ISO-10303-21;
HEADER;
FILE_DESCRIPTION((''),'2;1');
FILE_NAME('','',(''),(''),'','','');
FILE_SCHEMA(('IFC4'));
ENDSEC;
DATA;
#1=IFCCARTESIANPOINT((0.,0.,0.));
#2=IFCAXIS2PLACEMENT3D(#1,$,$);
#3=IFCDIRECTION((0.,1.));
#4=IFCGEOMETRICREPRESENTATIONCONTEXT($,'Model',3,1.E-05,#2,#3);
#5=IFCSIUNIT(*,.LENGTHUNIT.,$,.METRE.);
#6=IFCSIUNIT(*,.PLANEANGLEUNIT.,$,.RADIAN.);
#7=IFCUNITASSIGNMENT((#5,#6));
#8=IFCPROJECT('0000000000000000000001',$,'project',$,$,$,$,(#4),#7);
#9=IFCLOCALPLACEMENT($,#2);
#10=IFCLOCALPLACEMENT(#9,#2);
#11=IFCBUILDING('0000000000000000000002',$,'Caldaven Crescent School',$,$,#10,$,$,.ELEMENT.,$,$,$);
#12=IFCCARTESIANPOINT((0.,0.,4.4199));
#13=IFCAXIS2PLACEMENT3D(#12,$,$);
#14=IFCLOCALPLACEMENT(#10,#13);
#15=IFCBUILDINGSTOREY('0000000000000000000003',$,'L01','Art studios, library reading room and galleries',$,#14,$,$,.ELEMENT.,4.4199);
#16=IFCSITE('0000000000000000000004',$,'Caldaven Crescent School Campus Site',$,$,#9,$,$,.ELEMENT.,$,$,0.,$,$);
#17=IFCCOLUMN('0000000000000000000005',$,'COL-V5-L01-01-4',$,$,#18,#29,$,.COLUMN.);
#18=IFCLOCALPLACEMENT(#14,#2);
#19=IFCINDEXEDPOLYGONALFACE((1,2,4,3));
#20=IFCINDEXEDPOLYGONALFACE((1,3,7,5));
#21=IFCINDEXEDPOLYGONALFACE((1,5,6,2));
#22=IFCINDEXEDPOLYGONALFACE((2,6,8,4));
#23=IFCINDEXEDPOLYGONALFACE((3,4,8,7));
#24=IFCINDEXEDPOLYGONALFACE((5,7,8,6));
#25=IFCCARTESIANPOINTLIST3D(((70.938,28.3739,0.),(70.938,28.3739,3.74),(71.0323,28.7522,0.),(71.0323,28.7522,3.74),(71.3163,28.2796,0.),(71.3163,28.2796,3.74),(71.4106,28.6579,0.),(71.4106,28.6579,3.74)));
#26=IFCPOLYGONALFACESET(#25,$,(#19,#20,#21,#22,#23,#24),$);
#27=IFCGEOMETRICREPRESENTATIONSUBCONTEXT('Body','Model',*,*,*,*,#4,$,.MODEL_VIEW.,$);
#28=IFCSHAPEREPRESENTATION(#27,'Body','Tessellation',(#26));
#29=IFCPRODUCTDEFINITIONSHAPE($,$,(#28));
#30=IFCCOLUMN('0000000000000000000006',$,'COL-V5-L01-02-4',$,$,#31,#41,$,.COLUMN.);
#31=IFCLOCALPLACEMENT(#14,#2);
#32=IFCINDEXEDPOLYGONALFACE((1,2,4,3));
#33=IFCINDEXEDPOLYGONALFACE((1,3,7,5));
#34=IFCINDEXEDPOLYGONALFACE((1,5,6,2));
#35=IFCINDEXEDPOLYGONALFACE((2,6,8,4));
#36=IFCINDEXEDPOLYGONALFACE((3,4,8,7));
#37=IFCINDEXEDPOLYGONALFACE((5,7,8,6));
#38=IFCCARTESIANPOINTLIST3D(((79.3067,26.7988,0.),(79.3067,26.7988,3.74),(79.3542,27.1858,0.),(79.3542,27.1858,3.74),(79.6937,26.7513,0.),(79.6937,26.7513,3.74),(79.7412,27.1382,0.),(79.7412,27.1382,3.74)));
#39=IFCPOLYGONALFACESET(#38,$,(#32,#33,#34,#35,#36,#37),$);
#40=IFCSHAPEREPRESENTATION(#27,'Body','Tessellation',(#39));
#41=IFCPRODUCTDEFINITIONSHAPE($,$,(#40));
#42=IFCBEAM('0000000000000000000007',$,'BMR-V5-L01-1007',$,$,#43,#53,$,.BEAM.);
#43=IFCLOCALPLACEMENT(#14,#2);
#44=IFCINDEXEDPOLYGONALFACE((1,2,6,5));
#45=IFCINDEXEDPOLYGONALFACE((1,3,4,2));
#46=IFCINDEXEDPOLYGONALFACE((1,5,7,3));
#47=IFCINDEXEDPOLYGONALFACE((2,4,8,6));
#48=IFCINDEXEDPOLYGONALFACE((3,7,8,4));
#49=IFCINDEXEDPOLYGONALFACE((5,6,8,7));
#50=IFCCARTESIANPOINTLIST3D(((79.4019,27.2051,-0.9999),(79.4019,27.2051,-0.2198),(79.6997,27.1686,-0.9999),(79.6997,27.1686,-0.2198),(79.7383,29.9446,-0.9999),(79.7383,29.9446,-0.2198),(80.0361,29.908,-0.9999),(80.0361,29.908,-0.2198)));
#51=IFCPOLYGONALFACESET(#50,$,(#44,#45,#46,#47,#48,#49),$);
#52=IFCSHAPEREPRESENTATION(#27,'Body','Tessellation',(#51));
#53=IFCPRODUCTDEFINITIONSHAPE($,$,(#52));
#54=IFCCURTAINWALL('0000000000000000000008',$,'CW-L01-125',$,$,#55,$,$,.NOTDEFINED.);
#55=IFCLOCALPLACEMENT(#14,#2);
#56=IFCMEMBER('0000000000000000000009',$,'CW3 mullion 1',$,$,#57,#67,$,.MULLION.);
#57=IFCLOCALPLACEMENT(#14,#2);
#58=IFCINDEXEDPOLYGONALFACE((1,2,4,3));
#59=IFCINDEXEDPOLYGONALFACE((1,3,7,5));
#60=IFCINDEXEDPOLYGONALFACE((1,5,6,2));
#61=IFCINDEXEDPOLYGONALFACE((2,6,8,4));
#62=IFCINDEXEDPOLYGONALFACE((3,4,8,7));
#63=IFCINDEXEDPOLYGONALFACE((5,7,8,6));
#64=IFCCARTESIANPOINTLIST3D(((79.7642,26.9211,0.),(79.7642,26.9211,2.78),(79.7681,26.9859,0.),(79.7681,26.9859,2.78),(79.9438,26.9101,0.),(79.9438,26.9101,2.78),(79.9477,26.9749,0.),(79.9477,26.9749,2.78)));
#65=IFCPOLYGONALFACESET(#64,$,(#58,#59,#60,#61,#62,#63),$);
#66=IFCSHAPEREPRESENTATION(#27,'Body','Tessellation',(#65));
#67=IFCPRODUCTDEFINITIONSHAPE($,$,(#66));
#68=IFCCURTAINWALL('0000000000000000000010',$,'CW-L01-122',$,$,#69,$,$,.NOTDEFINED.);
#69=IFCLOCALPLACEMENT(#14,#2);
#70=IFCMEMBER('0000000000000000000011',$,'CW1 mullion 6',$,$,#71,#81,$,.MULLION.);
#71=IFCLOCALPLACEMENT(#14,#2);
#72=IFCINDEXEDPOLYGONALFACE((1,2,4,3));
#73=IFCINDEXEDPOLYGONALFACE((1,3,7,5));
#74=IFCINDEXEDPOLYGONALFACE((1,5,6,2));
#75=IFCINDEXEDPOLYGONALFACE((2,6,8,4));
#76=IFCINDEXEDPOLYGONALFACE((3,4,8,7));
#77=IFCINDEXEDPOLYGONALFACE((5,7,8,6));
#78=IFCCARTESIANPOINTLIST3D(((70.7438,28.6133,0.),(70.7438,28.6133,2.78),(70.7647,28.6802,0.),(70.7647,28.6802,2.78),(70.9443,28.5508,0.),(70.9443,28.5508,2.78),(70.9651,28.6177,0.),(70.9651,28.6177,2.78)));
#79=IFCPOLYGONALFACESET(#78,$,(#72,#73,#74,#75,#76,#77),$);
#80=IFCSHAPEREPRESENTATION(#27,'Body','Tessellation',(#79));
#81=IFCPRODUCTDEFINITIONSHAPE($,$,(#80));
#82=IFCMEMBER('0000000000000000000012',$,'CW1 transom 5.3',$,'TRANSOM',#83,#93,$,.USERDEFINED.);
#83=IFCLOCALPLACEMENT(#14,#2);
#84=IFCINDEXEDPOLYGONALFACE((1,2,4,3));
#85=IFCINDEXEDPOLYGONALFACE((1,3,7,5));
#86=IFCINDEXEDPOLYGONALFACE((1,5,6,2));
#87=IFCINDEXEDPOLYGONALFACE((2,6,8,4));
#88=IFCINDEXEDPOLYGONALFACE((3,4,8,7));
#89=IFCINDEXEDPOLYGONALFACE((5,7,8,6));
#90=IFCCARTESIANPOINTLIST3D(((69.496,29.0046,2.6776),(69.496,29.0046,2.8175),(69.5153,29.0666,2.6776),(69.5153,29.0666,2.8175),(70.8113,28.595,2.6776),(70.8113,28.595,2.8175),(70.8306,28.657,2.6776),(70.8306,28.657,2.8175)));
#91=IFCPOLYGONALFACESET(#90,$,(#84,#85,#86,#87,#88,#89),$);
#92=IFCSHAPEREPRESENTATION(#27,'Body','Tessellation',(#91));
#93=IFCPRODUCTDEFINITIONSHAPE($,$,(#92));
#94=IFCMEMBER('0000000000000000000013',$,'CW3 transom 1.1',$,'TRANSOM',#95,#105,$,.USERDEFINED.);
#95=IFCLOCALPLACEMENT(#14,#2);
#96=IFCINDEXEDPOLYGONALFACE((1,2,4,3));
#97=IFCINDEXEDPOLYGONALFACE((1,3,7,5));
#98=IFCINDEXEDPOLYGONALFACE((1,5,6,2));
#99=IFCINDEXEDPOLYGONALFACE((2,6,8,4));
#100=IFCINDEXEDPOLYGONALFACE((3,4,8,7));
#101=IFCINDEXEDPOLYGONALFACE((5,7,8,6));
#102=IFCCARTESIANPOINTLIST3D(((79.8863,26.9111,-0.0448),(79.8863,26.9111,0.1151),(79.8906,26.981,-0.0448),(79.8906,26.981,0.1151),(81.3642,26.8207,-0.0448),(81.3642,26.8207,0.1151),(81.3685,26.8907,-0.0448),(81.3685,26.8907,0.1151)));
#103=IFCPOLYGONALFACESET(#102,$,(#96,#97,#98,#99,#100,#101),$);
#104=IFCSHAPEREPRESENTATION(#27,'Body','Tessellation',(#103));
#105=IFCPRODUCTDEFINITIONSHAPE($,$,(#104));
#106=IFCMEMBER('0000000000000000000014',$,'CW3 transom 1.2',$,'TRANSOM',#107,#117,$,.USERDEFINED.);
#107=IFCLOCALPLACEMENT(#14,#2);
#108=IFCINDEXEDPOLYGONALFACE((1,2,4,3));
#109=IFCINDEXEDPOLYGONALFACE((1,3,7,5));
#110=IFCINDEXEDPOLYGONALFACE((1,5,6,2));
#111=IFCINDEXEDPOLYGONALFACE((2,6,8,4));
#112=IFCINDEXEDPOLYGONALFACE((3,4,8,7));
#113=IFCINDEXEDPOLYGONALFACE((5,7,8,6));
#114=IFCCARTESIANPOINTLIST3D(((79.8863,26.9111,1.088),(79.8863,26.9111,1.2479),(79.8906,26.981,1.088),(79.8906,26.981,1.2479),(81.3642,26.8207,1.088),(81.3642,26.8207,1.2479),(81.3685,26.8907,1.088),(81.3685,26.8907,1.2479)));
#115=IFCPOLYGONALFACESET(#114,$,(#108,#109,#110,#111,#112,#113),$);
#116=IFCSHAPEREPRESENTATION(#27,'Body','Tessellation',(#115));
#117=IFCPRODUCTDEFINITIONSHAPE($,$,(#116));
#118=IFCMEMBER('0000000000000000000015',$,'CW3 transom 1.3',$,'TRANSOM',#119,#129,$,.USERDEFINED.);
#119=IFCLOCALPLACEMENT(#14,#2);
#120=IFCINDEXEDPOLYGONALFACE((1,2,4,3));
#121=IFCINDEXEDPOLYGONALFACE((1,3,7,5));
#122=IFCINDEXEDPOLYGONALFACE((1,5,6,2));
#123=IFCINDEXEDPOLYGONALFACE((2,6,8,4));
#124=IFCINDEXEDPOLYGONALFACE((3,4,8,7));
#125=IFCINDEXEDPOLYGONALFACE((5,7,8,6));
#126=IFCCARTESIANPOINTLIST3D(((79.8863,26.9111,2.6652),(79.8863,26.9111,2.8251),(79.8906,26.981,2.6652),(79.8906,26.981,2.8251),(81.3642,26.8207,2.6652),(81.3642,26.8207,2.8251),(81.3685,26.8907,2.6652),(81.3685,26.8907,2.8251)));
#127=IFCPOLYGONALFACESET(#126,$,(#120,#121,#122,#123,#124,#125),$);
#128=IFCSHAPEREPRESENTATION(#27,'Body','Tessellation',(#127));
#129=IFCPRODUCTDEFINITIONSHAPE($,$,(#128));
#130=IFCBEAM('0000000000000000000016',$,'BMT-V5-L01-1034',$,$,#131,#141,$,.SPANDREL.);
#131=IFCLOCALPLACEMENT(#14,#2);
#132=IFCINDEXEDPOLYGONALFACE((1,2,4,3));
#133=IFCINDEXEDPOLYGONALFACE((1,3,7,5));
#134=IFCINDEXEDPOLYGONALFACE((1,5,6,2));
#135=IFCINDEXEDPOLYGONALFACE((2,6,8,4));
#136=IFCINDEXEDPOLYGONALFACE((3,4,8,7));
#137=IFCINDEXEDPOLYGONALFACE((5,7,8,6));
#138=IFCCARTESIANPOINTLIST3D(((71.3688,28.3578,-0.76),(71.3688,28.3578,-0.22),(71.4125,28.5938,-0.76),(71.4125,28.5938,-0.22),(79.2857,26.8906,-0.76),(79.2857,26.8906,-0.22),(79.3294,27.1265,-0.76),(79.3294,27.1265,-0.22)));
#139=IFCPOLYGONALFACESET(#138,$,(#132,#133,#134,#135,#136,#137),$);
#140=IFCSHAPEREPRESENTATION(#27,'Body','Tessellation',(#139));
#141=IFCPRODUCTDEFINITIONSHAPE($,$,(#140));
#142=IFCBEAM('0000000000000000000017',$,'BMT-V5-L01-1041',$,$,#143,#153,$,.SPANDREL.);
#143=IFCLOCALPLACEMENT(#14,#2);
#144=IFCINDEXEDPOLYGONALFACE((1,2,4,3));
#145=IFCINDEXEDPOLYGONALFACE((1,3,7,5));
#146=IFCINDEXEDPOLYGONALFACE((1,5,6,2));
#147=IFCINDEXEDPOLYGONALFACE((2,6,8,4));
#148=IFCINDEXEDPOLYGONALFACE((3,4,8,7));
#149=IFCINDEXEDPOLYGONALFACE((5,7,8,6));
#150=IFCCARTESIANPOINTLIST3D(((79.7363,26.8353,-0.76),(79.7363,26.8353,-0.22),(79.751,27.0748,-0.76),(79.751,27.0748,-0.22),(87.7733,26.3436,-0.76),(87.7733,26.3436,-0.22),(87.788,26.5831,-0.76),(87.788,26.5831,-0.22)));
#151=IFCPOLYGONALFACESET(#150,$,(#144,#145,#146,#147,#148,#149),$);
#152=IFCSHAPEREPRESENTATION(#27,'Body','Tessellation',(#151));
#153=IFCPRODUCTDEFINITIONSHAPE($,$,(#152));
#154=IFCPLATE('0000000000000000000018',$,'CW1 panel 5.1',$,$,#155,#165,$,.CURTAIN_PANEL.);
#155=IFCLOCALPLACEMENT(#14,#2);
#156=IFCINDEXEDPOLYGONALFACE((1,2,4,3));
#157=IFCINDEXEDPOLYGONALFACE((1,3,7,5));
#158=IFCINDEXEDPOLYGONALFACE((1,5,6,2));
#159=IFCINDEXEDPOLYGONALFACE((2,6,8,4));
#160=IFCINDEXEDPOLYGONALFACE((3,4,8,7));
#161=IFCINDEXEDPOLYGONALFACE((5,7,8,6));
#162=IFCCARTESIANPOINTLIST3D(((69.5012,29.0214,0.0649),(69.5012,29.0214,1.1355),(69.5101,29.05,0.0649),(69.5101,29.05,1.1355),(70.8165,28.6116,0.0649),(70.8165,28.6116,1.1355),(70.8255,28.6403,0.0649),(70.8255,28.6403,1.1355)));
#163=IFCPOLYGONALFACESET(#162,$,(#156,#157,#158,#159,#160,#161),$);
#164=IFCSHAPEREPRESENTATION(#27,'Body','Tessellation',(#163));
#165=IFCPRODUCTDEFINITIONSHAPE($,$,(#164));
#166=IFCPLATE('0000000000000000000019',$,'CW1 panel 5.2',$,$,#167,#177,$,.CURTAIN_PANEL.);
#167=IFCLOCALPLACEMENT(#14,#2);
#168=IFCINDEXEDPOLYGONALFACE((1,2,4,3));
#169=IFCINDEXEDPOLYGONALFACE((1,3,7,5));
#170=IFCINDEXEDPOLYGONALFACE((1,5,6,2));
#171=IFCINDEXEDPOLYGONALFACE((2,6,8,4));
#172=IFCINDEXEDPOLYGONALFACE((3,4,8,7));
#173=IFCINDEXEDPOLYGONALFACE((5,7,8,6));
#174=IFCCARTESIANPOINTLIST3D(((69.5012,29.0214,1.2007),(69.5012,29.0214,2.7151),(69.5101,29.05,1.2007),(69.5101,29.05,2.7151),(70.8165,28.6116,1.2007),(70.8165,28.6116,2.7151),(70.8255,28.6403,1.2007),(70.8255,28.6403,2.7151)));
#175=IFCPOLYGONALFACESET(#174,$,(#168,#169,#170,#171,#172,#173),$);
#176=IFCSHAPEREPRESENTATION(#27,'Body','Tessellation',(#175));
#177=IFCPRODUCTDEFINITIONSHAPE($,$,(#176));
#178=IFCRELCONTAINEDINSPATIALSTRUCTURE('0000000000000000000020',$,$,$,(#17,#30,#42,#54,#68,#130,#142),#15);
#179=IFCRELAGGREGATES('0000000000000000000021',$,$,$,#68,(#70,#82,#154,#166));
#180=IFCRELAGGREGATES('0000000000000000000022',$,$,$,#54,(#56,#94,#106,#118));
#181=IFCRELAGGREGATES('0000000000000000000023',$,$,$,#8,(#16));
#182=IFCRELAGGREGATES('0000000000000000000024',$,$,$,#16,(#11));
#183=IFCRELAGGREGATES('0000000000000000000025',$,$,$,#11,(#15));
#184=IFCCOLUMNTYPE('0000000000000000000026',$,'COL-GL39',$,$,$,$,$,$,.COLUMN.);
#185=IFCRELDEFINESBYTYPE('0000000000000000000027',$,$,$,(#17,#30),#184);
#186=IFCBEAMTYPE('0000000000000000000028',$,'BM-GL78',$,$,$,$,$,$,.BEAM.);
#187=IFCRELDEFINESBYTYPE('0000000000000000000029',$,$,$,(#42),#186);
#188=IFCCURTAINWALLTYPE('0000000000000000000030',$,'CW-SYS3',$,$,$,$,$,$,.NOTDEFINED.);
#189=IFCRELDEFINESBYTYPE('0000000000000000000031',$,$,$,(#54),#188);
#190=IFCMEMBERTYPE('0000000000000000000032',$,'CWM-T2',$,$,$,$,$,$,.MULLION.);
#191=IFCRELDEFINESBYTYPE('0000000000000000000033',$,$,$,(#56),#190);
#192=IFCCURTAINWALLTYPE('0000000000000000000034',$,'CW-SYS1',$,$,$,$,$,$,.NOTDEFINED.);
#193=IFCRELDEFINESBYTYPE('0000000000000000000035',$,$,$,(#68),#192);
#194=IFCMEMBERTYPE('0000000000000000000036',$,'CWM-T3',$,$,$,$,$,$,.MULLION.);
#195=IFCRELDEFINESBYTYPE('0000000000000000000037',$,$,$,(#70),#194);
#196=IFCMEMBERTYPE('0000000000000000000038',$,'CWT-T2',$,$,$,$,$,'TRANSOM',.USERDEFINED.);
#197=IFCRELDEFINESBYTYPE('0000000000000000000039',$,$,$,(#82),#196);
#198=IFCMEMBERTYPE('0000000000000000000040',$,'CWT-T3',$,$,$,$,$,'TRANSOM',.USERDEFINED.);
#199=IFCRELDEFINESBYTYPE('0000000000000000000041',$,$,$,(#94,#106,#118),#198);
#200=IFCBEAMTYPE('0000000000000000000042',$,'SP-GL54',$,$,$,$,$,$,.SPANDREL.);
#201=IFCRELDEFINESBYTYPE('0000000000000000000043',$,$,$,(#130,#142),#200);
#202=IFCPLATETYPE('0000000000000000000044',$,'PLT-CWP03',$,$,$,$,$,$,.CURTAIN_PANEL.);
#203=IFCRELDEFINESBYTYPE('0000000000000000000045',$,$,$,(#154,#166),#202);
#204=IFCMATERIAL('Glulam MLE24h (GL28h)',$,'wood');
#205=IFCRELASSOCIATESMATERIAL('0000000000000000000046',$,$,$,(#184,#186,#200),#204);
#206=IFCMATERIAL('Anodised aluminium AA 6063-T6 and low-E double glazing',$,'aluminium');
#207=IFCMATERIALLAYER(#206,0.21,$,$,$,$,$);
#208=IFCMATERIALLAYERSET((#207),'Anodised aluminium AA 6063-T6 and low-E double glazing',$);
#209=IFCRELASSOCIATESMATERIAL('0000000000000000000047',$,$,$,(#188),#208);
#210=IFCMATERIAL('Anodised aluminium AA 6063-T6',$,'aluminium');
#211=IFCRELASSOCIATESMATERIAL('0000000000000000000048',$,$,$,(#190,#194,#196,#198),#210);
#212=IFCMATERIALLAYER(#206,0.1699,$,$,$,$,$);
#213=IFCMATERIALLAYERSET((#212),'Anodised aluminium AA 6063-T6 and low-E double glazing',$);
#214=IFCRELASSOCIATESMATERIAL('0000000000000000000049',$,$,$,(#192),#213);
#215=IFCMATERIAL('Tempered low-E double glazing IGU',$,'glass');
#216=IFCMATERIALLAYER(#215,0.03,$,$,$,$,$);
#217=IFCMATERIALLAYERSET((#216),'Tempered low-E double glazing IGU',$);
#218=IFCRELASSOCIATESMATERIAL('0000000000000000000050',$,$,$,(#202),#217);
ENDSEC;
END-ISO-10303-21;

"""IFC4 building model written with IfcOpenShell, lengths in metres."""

from ifc_helpers import new_model, si_unit, direction, frame, origin, origin_2d, place, context, subcontext, project, spatial, rectangle, extrude, material, layer, layer_set, material_profile, profile_set, type_object, element, aggregate, save


model = new_model("IFC4")

# Units and contexts
model_context = context("Model", 3, precision=1e-05, world=origin(), true_north=direction((0.0, 1.0)))
body_context = subcontext(model_context, "Body", "Model", "MODEL_VIEW")
ifc_project = project(units=[si_unit("LENGTHUNIT", "METRE"), si_unit("PLANEANGLEUNIT", "RADIAN")], contexts=[model_context])

# Site, building, storey
site_placement = place(None, origin())
site = spatial("IfcSite", under=ifc_project, at=site_placement, Name="Caldaven Crescent School Campus Site", CompositionType="ELEMENT", RefElevation=0.0)
building_placement = place(site_placement, origin())
building = spatial("IfcBuilding", under=site, at=building_placement, Name="Caldaven Crescent School", CompositionType="ELEMENT")
storey_placement = place(building_placement, frame((0.0, 0.0, 4.4199)))
storey = spatial("IfcBuildingStorey", under=building, at=storey_placement, Name="L01", Description="Art studios, library reading room and galleries", CompositionType="ELEMENT", Elevation=4.4199)

# Columns
ifc_material_1 = material(Name="Glulam MLE24h (GL28h)", Category="wood")
ifc_material_profile_1 = material_profile(ifc_material_1, rectangle(XDim=0.3899, YDim=0.3899, at=origin_2d()), Name="MLE 390x390")
ifc_profile_set_1 = profile_set([ifc_material_profile_1], Name="Glulam MLE24h (GL28h)")
column_type = type_object("IfcColumnType", Name="COL-GL39", PredefinedType="COLUMN", material=ifc_profile_set_1)
for number, where, z_axis, x_axis, name in (
    (1, (71.1743, 28.5159, 0.0), (0.0, 0.0, 1.0), (-0.241922, -0.970296, 0.0), "COL-V5-L01-01-4"),
    (2, (79.5239, 26.9685, 0.0), (0.0, 0.0, 1.0), (-0.121869, -0.992546, 0.0), "COL-V5-L01-02-4"),
):
    element("IfcColumn", number, at=place(storey_placement, frame(where, z_axis=z_axis, x_axis=x_axis)), inside=storey, type_object=column_type, Name=name, PredefinedType="COLUMN", context=body_context, shape_type="SweptSolid", body=[
        extrude(rectangle(XDim=0.3899, YDim=0.3899, at=origin_2d()), origin(), (0.0, 0.0, 1.0), 3.74),
    ])

# Beam
ifc_material_profile_2 = material_profile(ifc_material_1, rectangle(XDim=0.3, YDim=0.78, at=origin_2d()), Name="MLE 300x780")
ifc_profile_set_2 = profile_set([ifc_material_profile_2], Name="Glulam MLE24h (GL28h)")
beam_type_1 = type_object("IfcBeamType", Name="BM-GL78", PredefinedType="BEAM", material=ifc_profile_set_2)
beam_1_placement = place(storey_placement, frame((79.8872, 29.9263, -0.6099), z_axis=(-0.12189, -0.992544, 0.0), x_axis=(0.992544, -0.12189, 0.0)))
element("IfcBeam", 3, at=beam_1_placement, inside=storey, type_object=beam_type_1, Name="BMR-V5-L01-1007", PredefinedType="BEAM", context=body_context, shape_type="SweptSolid", body=[
    extrude(rectangle(XDim=0.3, YDim=0.78, at=origin_2d()), origin(), (0.0, 0.0, 1.0), 2.76),
])

# Curtain wall, member
ifc_material_2 = material(Name="Anodised aluminium AA 6063-T6 and low-E double glazing", Category="aluminium")
ifc_layer_1 = layer(ifc_material_2, 0.21)
ifc_layer_set_1 = layer_set([ifc_layer_1], Name="Anodised aluminium AA 6063-T6 and low-E double glazing")
curtain_wall_type_1 = type_object("IfcCurtainWallType", Name="CW-SYS3", PredefinedType="NOTDEFINED", material=ifc_layer_set_1)
curtain_wall_1_placement = place(storey_placement, origin())
curtain_wall_1 = element("IfcCurtainWall", 4, at=curtain_wall_1_placement, inside=storey, type_object=curtain_wall_type_1, Name="CW-L01-125", PredefinedType="NOTDEFINED")
ifc_material_3 = material(Name="Anodised aluminium AA 6063-T6", Category="aluminium")
ifc_material_profile_3 = material_profile(ifc_material_3, rectangle(XDim=0.0649, YDim=0.1799, at=origin_2d()), Name="CWM 65x180")
ifc_profile_set_3 = profile_set([ifc_material_profile_3], Name="Anodised aluminium AA 6063-T6")
member_type_1 = type_object("IfcMemberType", Name="CWM-T2", PredefinedType="MULLION", material=ifc_profile_set_3)
member_1_placement = place(storey_placement, frame((79.856, 26.948, 0.0), z_axis=(0.0, 0.0, 1.0), x_axis=(0.061049, 0.998135, 0.0)))
member_1 = element("IfcMember", 5, at=member_1_placement, type_object=member_type_1, Name="CW3 mullion 1", PredefinedType="MULLION", context=body_context, shape_type="SweptSolid", body=[
    extrude(rectangle(XDim=0.0649, YDim=0.1799, at=origin_2d()), origin(), (0.0, 0.0, 1.0), 2.78),
])

# Curtain wall, members
ifc_layer_2 = layer(ifc_material_2, 0.1699)
ifc_layer_set_2 = layer_set([ifc_layer_2], Name="Anodised aluminium AA 6063-T6 and low-E double glazing")
curtain_wall_type_2 = type_object("IfcCurtainWallType", Name="CW-SYS1", PredefinedType="NOTDEFINED", material=ifc_layer_set_2)
curtain_wall_2_placement = place(storey_placement, origin())
curtain_wall_2 = element("IfcCurtainWall", 6, at=curtain_wall_2_placement, inside=storey, type_object=curtain_wall_type_2, Name="CW-L01-122", PredefinedType="NOTDEFINED")
ifc_material_profile_4 = material_profile(ifc_material_3, rectangle(XDim=0.0701, YDim=0.21, at=origin_2d()), Name="CWM 70x210")
ifc_profile_set_4 = profile_set([ifc_material_profile_4], Name="Anodised aluminium AA 6063-T6")
member_type_2 = type_object("IfcMemberType", Name="CWM-T3", PredefinedType="MULLION", material=ifc_profile_set_4)
member_2_placement = place(storey_placement, frame((70.8545, 28.6155, 0.0), z_axis=(0.0, 0.0, 1.0), x_axis=(0.29742, 0.954747, 0.0)))
member_2 = element("IfcMember", 7, at=member_2_placement, type_object=member_type_2, Name="CW1 mullion 6", PredefinedType="MULLION", context=body_context, shape_type="SweptSolid", body=[
    extrude(rectangle(XDim=0.0701, YDim=0.21, at=origin_2d()), origin(), (0.0, 0.0, 1.0), 2.78),
])
ifc_material_profile_5 = material_profile(ifc_material_3, rectangle(XDim=0.0649, YDim=0.1399, at=origin_2d()), Name="CWT 65x140")
ifc_profile_set_5 = profile_set([ifc_material_profile_5], Name="Anodised aluminium AA 6063-T6")
member_type_3 = type_object("IfcMemberType", Name="CWT-T2", ElementType="TRANSOM", PredefinedType="USERDEFINED", material=ifc_profile_set_5)
member_3_placement = place(storey_placement, frame((69.5056, 29.0356, 2.7476), z_axis=(0.95477, -0.297347, 0.0), x_axis=(0.297347, 0.95477, 0.0)))
member_3 = element("IfcMember", 8, at=member_3_placement, type_object=member_type_3, Name="CW1 transom 5.3", ObjectType="TRANSOM", PredefinedType="USERDEFINED", context=body_context, shape_type="SweptSolid", body=[
    extrude(rectangle(XDim=0.0649, YDim=0.1399, at=origin_2d()), origin(), (0.0, 0.0, 1.0), 1.3777),
])

# Members
ifc_material_profile_6 = material_profile(ifc_material_3, rectangle(XDim=0.0701, YDim=0.1599, at=origin_2d()), Name="CWT 70x160")
ifc_profile_set_6 = profile_set([ifc_material_profile_6], Name="Anodised aluminium AA 6063-T6")
member_type_4 = type_object("IfcMemberType", Name="CWT-T3", ElementType="TRANSOM", PredefinedType="USERDEFINED", material=ifc_profile_set_6)
member_4_placement = place(storey_placement, frame((79.8884, 26.946, 0.0352), z_axis=(0.998138, -0.061003, 0.0), x_axis=(0.061003, 0.998138, 0.0)))
member_4 = element("IfcMember", 9, at=member_4_placement, type_object=member_type_4, Name="CW3 transom 1.1", ObjectType="TRANSOM", PredefinedType="USERDEFINED", context=body_context, shape_type="SweptSolid", body=[
    extrude(rectangle(XDim=0.0701, YDim=0.1599, at=origin_2d()), origin(), (0.0, 0.0, 1.0), 1.4807),
])
member_5_placement = place(storey_placement, frame((79.8884, 26.946, 1.168), z_axis=(0.998138, -0.061003, 0.0), x_axis=(0.061003, 0.998138, 0.0)))
member_5 = element("IfcMember", 10, at=member_5_placement, type_object=member_type_4, Name="CW3 transom 1.2", ObjectType="TRANSOM", PredefinedType="USERDEFINED", context=body_context, shape_type="SweptSolid", body=[
    extrude(rectangle(XDim=0.0701, YDim=0.1599, at=origin_2d()), origin(), (0.0, 0.0, 1.0), 1.4807),
])
member_6_placement = place(storey_placement, frame((79.8884, 26.946, 2.7451), z_axis=(0.998138, -0.061003, 0.0), x_axis=(0.061003, 0.998138, 0.0)))
member_6 = element("IfcMember", 11, at=member_6_placement, type_object=member_type_4, Name="CW3 transom 1.3", ObjectType="TRANSOM", PredefinedType="USERDEFINED", context=body_context, shape_type="SweptSolid", body=[
    extrude(rectangle(XDim=0.0701, YDim=0.1599, at=origin_2d()), origin(), (0.0, 0.0, 1.0), 1.4807),
])

# Beams
ifc_material_profile_7 = material_profile(ifc_material_1, rectangle(XDim=0.24, YDim=0.54, at=origin_2d()), Name="MLE 240x540")
ifc_profile_set_7 = profile_set([ifc_material_profile_7], Name="Glulam MLE24h (GL28h)")
beam_type_2 = type_object("IfcBeamType", Name="SP-GL54", PredefinedType="SPANDREL", material=ifc_profile_set_7)
beam_2_placement = place(storey_placement, frame((71.3906, 28.4758, -0.49), z_axis=(0.983256, -0.18223, 0.0), x_axis=(0.18223, 0.983256, 0.0)))
element("IfcBeam", 12, at=beam_2_placement, inside=storey, type_object=beam_type_2, Name="BMT-V5-L01-1034", PredefinedType="SPANDREL", context=body_context, shape_type="SweptSolid", body=[
    extrude(rectangle(XDim=0.24, YDim=0.54, at=origin_2d()), origin(), (0.0, 0.0, 1.0), 8.0518),
])
beam_3_placement = place(storey_placement, frame((79.7437, 26.9551, -0.49), z_axis=(0.998134, -0.061066, 0.0), x_axis=(0.061066, 0.998134, 0.0)))
element("IfcBeam", 13, at=beam_3_placement, inside=storey, type_object=beam_type_2, Name="BMT-V5-L01-1041", PredefinedType="SPANDREL", context=body_context, shape_type="SweptSolid", body=[
    extrude(rectangle(XDim=0.24, YDim=0.54, at=origin_2d()), origin(), (0.0, 0.0, 1.0), 8.052),
])

# Plates
ifc_material_4 = material(Name="Tempered low-E double glazing IGU", Category="glass")
ifc_layer_3 = layer(ifc_material_4, 0.03)
ifc_layer_set_3 = layer_set([ifc_layer_3], Name="Tempered low-E double glazing IGU")
plate_type_1 = type_object("IfcPlateType", Name="PLT-CWP03", PredefinedType="CURTAIN_PANEL", material=ifc_layer_set_3)
plate_1_placement = place(storey_placement, frame((70.1633, 28.8308, 0.0649), z_axis=(0.0, 0.0, 1.0), x_axis=(0.954747, -0.29742, 0.0)))
plate_1 = element("IfcPlate", 14, at=plate_1_placement, type_object=plate_type_1, Name="CW1 panel 5.1", PredefinedType="CURTAIN_PANEL", context=body_context, shape_type="SweptSolid", body=[
    extrude(rectangle(XDim=1.3777, YDim=0.03, at=origin_2d()), origin(), (0.0, 0.0, 1.0), 1.0706),
])
plate_2_placement = place(storey_placement, frame((70.1633, 28.8308, 1.2007), z_axis=(0.0, 0.0, 1.0), x_axis=(0.954747, -0.29742, 0.0)))
plate_2 = element("IfcPlate", 15, at=plate_2_placement, type_object=plate_type_1, Name="CW1 panel 5.2", PredefinedType="CURTAIN_PANEL", context=body_context, shape_type="SweptSolid", body=[
    extrude(rectangle(XDim=1.3777, YDim=0.03, at=origin_2d()), origin(), (0.0, 0.0, 1.0), 1.5144),
])
aggregate(curtain_wall_2, [member_2, member_3, plate_1, plate_2])
aggregate(curtain_wall_1, [member_1, member_4, member_5, member_6])

save(model, "model.ifc")
